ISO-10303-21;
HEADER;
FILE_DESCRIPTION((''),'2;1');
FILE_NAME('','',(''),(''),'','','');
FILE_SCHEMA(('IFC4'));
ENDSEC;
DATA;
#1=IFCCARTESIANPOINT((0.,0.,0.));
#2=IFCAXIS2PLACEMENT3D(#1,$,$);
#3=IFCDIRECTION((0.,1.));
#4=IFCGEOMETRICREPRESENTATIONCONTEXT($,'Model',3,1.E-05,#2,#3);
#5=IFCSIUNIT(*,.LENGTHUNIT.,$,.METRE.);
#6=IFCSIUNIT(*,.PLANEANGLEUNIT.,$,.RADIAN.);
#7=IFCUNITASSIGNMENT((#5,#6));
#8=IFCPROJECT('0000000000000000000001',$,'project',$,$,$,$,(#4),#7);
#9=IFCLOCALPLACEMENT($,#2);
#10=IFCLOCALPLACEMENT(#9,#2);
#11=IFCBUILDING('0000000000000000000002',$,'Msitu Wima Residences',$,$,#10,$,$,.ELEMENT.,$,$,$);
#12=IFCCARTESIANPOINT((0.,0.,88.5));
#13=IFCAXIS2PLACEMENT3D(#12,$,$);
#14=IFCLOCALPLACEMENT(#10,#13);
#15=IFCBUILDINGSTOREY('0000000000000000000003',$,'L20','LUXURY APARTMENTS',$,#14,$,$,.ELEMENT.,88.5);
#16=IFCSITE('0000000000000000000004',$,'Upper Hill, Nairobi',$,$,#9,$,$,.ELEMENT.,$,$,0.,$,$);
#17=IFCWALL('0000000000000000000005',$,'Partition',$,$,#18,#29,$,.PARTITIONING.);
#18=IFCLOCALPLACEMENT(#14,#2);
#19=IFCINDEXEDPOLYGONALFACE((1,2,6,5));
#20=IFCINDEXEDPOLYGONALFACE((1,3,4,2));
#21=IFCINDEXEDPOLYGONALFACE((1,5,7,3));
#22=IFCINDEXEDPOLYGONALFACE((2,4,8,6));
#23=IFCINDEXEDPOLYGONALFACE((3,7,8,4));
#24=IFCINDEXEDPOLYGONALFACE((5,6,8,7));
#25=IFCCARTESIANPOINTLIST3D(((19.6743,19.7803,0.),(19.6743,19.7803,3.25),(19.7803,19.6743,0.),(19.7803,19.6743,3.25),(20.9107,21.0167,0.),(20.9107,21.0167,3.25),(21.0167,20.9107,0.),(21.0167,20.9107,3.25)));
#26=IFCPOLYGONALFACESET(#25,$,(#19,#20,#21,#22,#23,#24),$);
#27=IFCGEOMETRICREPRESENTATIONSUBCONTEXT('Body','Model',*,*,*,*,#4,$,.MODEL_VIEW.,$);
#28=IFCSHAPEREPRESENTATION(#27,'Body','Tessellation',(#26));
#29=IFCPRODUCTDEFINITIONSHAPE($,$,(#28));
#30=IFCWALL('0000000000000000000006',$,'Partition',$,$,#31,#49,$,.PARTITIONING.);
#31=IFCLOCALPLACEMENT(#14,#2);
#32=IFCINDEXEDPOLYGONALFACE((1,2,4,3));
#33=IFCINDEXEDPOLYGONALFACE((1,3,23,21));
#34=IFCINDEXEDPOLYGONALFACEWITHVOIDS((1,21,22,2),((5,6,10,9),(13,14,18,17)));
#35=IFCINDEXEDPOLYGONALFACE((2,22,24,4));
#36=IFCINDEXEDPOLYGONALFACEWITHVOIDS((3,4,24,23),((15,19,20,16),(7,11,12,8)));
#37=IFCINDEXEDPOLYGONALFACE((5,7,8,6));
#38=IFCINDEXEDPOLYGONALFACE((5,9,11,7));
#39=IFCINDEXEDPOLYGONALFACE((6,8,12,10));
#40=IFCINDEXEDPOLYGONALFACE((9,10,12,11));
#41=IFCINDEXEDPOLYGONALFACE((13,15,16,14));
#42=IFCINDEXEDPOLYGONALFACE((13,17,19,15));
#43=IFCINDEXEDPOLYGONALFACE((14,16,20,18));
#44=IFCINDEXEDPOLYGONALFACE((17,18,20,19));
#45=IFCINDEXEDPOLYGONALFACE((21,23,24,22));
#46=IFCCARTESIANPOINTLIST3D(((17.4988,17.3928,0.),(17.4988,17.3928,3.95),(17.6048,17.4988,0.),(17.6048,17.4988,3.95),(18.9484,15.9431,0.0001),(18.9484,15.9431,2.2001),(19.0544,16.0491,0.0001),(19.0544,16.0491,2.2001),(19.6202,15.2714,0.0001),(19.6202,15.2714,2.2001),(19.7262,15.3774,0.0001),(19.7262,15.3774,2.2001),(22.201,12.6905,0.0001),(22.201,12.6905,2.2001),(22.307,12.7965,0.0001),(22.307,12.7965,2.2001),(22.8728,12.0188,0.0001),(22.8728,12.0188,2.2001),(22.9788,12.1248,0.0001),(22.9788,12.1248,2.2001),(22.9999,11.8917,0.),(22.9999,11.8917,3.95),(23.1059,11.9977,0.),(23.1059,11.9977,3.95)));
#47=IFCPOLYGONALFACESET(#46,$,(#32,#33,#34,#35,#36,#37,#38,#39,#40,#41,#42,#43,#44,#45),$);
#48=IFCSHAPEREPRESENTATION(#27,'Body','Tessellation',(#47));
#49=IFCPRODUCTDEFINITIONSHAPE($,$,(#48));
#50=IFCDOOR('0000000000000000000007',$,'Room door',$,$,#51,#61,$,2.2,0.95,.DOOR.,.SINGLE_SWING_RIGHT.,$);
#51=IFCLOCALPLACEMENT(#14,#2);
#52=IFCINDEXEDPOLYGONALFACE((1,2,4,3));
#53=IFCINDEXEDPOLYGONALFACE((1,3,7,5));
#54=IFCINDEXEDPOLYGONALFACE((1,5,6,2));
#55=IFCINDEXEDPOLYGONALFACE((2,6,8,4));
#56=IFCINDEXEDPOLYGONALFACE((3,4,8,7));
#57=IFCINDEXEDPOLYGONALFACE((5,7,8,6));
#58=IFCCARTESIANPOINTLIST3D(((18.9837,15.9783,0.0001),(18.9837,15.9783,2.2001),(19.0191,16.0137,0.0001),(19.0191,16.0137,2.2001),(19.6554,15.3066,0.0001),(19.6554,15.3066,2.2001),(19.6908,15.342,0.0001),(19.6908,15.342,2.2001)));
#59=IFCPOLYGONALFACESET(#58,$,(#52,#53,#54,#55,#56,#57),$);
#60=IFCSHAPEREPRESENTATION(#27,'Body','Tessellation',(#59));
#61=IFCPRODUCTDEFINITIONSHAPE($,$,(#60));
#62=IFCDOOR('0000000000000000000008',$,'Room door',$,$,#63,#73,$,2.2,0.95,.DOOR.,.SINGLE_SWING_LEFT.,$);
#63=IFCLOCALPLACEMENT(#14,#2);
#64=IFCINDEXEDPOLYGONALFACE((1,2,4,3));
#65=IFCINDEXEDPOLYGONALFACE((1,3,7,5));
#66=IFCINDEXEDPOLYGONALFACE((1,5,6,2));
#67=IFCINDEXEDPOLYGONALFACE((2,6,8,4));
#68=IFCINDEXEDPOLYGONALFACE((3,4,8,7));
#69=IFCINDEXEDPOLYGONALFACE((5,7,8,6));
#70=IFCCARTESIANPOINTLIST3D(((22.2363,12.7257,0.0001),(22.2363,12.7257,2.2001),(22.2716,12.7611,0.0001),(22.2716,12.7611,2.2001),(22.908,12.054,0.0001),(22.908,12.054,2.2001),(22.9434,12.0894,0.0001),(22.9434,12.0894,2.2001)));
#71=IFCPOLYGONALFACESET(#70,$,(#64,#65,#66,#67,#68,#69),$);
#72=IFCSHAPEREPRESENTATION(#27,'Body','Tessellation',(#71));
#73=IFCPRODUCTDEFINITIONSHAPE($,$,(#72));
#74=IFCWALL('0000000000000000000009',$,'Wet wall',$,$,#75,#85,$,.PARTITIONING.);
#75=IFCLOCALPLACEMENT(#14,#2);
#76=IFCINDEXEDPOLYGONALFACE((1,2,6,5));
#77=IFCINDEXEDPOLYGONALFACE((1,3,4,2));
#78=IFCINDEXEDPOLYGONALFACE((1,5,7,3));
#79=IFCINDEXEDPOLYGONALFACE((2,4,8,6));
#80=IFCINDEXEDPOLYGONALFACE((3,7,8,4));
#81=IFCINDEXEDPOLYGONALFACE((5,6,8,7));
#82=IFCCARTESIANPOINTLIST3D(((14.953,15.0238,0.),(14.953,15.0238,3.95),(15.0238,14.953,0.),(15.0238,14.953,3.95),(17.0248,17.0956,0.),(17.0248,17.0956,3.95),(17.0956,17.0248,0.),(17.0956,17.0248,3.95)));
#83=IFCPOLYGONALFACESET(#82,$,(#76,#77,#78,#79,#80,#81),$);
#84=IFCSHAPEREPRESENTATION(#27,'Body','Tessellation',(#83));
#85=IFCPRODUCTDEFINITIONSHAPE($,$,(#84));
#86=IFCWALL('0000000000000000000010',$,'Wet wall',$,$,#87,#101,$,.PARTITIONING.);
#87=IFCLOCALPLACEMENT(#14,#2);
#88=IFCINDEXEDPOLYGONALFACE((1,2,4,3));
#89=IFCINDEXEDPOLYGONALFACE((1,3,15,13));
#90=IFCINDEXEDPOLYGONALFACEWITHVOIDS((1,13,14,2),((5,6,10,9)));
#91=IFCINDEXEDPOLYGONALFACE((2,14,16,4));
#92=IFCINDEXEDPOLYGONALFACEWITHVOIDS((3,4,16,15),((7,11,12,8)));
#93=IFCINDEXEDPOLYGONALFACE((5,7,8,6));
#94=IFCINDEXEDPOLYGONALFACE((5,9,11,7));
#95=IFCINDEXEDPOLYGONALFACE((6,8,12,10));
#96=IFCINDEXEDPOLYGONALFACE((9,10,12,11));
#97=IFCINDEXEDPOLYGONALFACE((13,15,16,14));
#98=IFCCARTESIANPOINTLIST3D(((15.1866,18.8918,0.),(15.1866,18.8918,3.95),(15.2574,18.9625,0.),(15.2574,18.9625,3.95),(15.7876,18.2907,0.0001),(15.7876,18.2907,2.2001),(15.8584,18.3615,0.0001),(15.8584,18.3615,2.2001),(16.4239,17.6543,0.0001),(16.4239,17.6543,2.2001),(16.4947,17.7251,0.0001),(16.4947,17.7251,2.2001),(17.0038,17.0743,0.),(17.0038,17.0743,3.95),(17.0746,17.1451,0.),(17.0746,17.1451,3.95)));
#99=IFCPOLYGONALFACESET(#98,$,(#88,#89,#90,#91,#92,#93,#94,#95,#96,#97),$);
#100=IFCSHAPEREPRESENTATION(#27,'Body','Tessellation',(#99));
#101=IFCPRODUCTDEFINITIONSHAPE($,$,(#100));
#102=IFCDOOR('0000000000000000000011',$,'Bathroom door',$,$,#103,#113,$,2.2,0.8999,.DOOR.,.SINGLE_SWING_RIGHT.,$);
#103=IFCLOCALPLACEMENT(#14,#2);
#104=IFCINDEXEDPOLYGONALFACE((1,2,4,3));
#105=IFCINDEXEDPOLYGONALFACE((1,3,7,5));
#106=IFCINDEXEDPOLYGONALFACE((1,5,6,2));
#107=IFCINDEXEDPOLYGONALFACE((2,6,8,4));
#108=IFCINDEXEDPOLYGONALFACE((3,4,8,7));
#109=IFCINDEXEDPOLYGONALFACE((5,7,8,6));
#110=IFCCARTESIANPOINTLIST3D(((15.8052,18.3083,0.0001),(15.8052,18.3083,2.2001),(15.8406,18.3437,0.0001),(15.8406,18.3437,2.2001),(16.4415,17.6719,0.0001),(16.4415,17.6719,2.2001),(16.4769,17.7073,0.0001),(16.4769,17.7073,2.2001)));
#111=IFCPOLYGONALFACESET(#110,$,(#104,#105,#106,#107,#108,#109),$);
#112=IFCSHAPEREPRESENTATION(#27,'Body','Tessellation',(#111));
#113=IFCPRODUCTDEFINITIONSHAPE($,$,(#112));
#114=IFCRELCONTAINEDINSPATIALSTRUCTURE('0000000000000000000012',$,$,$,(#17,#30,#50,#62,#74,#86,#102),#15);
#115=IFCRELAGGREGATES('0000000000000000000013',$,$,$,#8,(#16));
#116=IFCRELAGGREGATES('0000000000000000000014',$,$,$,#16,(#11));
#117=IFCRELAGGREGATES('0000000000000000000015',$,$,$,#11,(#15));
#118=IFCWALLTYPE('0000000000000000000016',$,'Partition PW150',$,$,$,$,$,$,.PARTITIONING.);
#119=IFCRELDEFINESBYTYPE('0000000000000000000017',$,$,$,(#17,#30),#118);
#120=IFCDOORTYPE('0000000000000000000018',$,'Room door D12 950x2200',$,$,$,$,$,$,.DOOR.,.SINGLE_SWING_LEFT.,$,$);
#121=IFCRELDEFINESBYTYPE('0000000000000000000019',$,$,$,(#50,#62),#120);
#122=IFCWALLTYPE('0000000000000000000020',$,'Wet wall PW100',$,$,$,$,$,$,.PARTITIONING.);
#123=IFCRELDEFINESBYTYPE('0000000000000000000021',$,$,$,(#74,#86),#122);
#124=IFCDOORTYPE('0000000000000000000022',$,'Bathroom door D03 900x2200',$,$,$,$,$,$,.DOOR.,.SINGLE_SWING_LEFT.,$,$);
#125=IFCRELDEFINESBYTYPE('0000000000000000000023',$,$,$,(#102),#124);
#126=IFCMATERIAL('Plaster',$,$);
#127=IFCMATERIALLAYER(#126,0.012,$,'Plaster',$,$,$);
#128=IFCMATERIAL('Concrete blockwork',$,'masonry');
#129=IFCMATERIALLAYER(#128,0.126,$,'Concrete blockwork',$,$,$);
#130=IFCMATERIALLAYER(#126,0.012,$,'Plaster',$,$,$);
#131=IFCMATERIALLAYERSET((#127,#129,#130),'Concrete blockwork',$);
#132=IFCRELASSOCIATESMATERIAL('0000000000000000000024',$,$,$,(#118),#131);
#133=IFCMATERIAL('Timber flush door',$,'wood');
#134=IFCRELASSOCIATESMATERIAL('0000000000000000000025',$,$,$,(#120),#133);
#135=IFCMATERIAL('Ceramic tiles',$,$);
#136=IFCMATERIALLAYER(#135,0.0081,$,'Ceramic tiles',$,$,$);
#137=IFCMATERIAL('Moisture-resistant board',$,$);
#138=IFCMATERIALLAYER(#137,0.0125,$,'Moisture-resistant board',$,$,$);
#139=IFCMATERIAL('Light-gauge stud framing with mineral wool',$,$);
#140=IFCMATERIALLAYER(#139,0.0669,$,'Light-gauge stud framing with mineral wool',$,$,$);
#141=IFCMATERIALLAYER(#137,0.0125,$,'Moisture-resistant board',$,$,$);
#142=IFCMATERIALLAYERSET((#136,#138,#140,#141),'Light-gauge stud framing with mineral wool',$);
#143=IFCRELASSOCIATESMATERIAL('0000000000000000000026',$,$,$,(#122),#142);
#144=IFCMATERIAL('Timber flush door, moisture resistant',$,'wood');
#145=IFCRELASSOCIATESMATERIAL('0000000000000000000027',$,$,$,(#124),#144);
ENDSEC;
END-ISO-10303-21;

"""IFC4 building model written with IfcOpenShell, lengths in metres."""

from ifc_helpers import new_model, si_unit, direction, frame, frame_2d, origin, place, context, subcontext, project, spatial, rectangle, extrude, material, layer, layer_set, type_object, element, fill, save


model = new_model("IFC4")

# Units and contexts
model_context = context("Model", 3, precision=1e-05, world=origin(), true_north=direction((0.0, 1.0)))
body_context = subcontext(model_context, "Body", "Model", "MODEL_VIEW")
ifc_project = project(units=[si_unit("LENGTHUNIT", "METRE"), si_unit("PLANEANGLEUNIT", "RADIAN")], contexts=[model_context])

# Site, building, storey
site_placement = place(None, origin())
site = spatial("IfcSite", under=ifc_project, at=site_placement, Name="Upper Hill, Nairobi", CompositionType="ELEMENT", RefElevation=0.0)
building_placement = place(site_placement, origin())
building = spatial("IfcBuilding", under=site, at=building_placement, Name="Msitu Wima Residences", CompositionType="ELEMENT")
storey_placement = place(building_placement, frame((0.0, 0.0, 88.5)))
storey = spatial("IfcBuildingStorey", under=building, at=storey_placement, Name="L20", Description="LUXURY APARTMENTS", CompositionType="ELEMENT", Elevation=88.5)

# Wall
ifc_material_1 = material(Name="Plaster")
ifc_layer_1 = layer(ifc_material_1, 0.012, Name="Plaster")
ifc_material_2 = material(Name="Concrete blockwork", Category="masonry")
ifc_layer_2 = layer(ifc_material_2, 0.126, Name="Concrete blockwork")
ifc_layer_3 = layer(ifc_material_1, 0.012, Name="Plaster")
ifc_layer_set_1 = layer_set([ifc_layer_1, ifc_layer_2, ifc_layer_3], Name="Concrete blockwork")
wall_type_1 = type_object("IfcWallType", Name="Partition PW150", PredefinedType="PARTITIONING", material=ifc_layer_set_1)
wall_1_placement = place(storey_placement, frame((19.7273, 19.7273, 0.0), z_axis=(0.0, 0.0, 1.0), x_axis=(0.707107, 0.707107, 0.0)))
element("IfcWall", 1, at=wall_1_placement, inside=storey, type_object=wall_type_1, Name="Partition", PredefinedType="PARTITIONING", context=body_context, shape_type="SweptSolid", body=[
    extrude(rectangle(XDim=1.7485, YDim=0.1499, at=frame_2d((0.8743, 0.0))), origin(), (0.0, 0.0, 1.0), 3.25),
])

# Wall, openings, doors
wall_2_placement = place(storey_placement, frame((17.5518, 17.4458, 0.0), z_axis=(0.0, 0.0, 1.0), x_axis=(0.707107, -0.707107, 0.0)))
wall_2 = element("IfcWall", 2, at=wall_2_placement, inside=storey, type_object=wall_type_1, Name="Partition", PredefinedType="PARTITIONING", context=body_context, shape_type="SweptSolid", body=[
    extrude(rectangle(XDim=7.7798, YDim=0.1499, at=frame_2d((3.8899, 0.0))), origin(), (0.0, 0.0, 1.0), 3.95),
])
opening_1_placement = place(wall_2_placement, frame((2.05, 0.0, 0.0)))
opening_1 = element("IfcOpeningElement", 3, at=opening_1_placement, cuts=wall_2, PredefinedType="OPENING", context=body_context, shape_type="SweptSolid", body=[
    extrude(rectangle(XDim=0.95, YDim=2.2, at=frame_2d((0.4751, 1.1001))), frame((0.0, 0.085, 0.0), z_axis=(0.0, -1.0, 0.0), x_axis=(1.0, 0.0, 0.0)), (0.0, 0.0, 1.0), 0.1699),
])
opening_2_placement = place(wall_2_placement, frame((6.6499, 0.0, 0.0)))
opening_2 = element("IfcOpeningElement", 4, at=opening_2_placement, cuts=wall_2, PredefinedType="OPENING", context=body_context, shape_type="SweptSolid", body=[
    extrude(rectangle(XDim=0.95, YDim=2.2, at=frame_2d((0.4751, 1.1001))), frame((0.0, 0.085, 0.0), z_axis=(0.0, -1.0, 0.0), x_axis=(1.0, 0.0, 0.0)), (0.0, 0.0, 1.0), 0.1699),
])
ifc_material_3 = material(Name="Timber flush door", Category="wood")
door_type_1 = type_object("IfcDoorType", Name="Room door D12 950x2200", OperationType="SINGLE_SWING_LEFT", PredefinedType="DOOR", material=ifc_material_3)
door_1_placement = place(opening_1_placement, origin())
door_1 = element("IfcDoor", 5, at=door_1_placement, inside=storey, type_object=door_type_1, Name="Room door", OperationType="SINGLE_SWING_RIGHT", OverallHeight=2.2, OverallWidth=0.95, PredefinedType="DOOR", context=body_context, shape_type="SweptSolid", body=[
    extrude(rectangle(XDim=0.95, YDim=2.2, at=frame_2d((0.4751, 1.1001))), frame((0.0, 0.0249, 0.0), z_axis=(0.0, -1.0, 0.0), x_axis=(1.0, 0.0, 0.0)), (0.0, 0.0, 1.0), 0.05),
])
fill(opening_1, door_1)
door_2_placement = place(opening_2_placement, origin())
door_2 = element("IfcDoor", 6, at=door_2_placement, inside=storey, type_object=door_type_1, Name="Room door", OperationType="SINGLE_SWING_LEFT", OverallHeight=2.2, OverallWidth=0.95, PredefinedType="DOOR", context=body_context, shape_type="SweptSolid", body=[
    extrude(rectangle(XDim=0.95, YDim=2.2, at=frame_2d((0.4751, 1.1001))), frame((0.0, 0.0249, 0.0), z_axis=(0.0, -1.0, 0.0), x_axis=(1.0, 0.0, 0.0)), (0.0, 0.0, 1.0), 0.05),
])
fill(opening_2, door_2)

# Wall
ifc_material_4 = material(Name="Ceramic tiles")
ifc_layer_4 = layer(ifc_material_4, 0.0081, Name="Ceramic tiles")
ifc_material_5 = material(Name="Moisture-resistant board")
ifc_layer_5 = layer(ifc_material_5, 0.0125, Name="Moisture-resistant board")
ifc_material_6 = material(Name="Light-gauge stud framing with mineral wool")
ifc_layer_6 = layer(ifc_material_6, 0.0669, Name="Light-gauge stud framing with mineral wool")
ifc_layer_7 = layer(ifc_material_5, 0.0125, Name="Moisture-resistant board")
ifc_layer_set_2 = layer_set([ifc_layer_4, ifc_layer_5, ifc_layer_6, ifc_layer_7], Name="Light-gauge stud framing with mineral wool")
wall_type_2 = type_object("IfcWallType", Name="Wet wall PW100", PredefinedType="PARTITIONING", material=ifc_layer_set_2)
wall_3_placement = place(storey_placement, frame((14.9885, 14.9885, 0.0), z_axis=(0.0, 0.0, 1.0), x_axis=(0.707107, 0.707107, 0.0)))
element("IfcWall", 7, at=wall_3_placement, inside=storey, type_object=wall_type_2, Name="Wet wall", PredefinedType="PARTITIONING", context=body_context, shape_type="SweptSolid", body=[
    extrude(rectangle(XDim=2.9299, YDim=0.1001, at=frame_2d((1.4648, 0.0))), origin(), (0.0, 0.0, 1.0), 3.95),
])

# Wall, opening, door
wall_4_placement = place(storey_placement, frame((15.2219, 18.9272, 0.0), z_axis=(0.0, 0.0, 1.0), x_axis=(0.707059, -0.707154, 0.0)))
wall_4 = element("IfcWall", 8, at=wall_4_placement, inside=storey, type_object=wall_type_2, Name="Wet wall", PredefinedType="PARTITIONING", context=body_context, shape_type="SweptSolid", body=[
    extrude(rectangle(XDim=2.5701, YDim=0.1001, at=frame_2d((1.2852, 0.0))), origin(), (0.0, 0.0, 1.0), 3.95),
])
opening_3_placement = place(wall_4_placement, frame((0.8501, 0.0, 0.0)))
opening_3 = element("IfcOpeningElement", 9, at=opening_3_placement, cuts=wall_4, PredefinedType="OPENING", context=body_context, shape_type="SweptSolid", body=[
    extrude(rectangle(XDim=0.8999, YDim=2.2, at=frame_2d((0.45, 1.1001))), frame((0.0, 0.0601, 0.0), z_axis=(0.0, -1.0, 0.0), x_axis=(1.0, 0.0, 0.0)), (0.0, 0.0, 1.0), 0.1201),
])
ifc_material_7 = material(Name="Timber flush door, moisture resistant", Category="wood")
door_type_2 = type_object("IfcDoorType", Name="Bathroom door D03 900x2200", OperationType="SINGLE_SWING_LEFT", PredefinedType="DOOR", material=ifc_material_7)
door_3_placement = place(opening_3_placement, origin())
door_3 = element("IfcDoor", 10, at=door_3_placement, inside=storey, type_object=door_type_2, Name="Bathroom door", OperationType="SINGLE_SWING_RIGHT", OverallHeight=2.2, OverallWidth=0.8999, PredefinedType="DOOR", context=body_context, shape_type="SweptSolid", body=[
    extrude(rectangle(XDim=0.8999, YDim=2.2, at=frame_2d((0.45, 1.1001))), frame((0.0, 0.0249, 0.0), z_axis=(0.0, -1.0, 0.0), x_axis=(1.0, 0.0, 0.0)), (0.0, 0.0, 1.0), 0.05),
])
fill(opening_3, door_3)

save(model, "model.ifc")
